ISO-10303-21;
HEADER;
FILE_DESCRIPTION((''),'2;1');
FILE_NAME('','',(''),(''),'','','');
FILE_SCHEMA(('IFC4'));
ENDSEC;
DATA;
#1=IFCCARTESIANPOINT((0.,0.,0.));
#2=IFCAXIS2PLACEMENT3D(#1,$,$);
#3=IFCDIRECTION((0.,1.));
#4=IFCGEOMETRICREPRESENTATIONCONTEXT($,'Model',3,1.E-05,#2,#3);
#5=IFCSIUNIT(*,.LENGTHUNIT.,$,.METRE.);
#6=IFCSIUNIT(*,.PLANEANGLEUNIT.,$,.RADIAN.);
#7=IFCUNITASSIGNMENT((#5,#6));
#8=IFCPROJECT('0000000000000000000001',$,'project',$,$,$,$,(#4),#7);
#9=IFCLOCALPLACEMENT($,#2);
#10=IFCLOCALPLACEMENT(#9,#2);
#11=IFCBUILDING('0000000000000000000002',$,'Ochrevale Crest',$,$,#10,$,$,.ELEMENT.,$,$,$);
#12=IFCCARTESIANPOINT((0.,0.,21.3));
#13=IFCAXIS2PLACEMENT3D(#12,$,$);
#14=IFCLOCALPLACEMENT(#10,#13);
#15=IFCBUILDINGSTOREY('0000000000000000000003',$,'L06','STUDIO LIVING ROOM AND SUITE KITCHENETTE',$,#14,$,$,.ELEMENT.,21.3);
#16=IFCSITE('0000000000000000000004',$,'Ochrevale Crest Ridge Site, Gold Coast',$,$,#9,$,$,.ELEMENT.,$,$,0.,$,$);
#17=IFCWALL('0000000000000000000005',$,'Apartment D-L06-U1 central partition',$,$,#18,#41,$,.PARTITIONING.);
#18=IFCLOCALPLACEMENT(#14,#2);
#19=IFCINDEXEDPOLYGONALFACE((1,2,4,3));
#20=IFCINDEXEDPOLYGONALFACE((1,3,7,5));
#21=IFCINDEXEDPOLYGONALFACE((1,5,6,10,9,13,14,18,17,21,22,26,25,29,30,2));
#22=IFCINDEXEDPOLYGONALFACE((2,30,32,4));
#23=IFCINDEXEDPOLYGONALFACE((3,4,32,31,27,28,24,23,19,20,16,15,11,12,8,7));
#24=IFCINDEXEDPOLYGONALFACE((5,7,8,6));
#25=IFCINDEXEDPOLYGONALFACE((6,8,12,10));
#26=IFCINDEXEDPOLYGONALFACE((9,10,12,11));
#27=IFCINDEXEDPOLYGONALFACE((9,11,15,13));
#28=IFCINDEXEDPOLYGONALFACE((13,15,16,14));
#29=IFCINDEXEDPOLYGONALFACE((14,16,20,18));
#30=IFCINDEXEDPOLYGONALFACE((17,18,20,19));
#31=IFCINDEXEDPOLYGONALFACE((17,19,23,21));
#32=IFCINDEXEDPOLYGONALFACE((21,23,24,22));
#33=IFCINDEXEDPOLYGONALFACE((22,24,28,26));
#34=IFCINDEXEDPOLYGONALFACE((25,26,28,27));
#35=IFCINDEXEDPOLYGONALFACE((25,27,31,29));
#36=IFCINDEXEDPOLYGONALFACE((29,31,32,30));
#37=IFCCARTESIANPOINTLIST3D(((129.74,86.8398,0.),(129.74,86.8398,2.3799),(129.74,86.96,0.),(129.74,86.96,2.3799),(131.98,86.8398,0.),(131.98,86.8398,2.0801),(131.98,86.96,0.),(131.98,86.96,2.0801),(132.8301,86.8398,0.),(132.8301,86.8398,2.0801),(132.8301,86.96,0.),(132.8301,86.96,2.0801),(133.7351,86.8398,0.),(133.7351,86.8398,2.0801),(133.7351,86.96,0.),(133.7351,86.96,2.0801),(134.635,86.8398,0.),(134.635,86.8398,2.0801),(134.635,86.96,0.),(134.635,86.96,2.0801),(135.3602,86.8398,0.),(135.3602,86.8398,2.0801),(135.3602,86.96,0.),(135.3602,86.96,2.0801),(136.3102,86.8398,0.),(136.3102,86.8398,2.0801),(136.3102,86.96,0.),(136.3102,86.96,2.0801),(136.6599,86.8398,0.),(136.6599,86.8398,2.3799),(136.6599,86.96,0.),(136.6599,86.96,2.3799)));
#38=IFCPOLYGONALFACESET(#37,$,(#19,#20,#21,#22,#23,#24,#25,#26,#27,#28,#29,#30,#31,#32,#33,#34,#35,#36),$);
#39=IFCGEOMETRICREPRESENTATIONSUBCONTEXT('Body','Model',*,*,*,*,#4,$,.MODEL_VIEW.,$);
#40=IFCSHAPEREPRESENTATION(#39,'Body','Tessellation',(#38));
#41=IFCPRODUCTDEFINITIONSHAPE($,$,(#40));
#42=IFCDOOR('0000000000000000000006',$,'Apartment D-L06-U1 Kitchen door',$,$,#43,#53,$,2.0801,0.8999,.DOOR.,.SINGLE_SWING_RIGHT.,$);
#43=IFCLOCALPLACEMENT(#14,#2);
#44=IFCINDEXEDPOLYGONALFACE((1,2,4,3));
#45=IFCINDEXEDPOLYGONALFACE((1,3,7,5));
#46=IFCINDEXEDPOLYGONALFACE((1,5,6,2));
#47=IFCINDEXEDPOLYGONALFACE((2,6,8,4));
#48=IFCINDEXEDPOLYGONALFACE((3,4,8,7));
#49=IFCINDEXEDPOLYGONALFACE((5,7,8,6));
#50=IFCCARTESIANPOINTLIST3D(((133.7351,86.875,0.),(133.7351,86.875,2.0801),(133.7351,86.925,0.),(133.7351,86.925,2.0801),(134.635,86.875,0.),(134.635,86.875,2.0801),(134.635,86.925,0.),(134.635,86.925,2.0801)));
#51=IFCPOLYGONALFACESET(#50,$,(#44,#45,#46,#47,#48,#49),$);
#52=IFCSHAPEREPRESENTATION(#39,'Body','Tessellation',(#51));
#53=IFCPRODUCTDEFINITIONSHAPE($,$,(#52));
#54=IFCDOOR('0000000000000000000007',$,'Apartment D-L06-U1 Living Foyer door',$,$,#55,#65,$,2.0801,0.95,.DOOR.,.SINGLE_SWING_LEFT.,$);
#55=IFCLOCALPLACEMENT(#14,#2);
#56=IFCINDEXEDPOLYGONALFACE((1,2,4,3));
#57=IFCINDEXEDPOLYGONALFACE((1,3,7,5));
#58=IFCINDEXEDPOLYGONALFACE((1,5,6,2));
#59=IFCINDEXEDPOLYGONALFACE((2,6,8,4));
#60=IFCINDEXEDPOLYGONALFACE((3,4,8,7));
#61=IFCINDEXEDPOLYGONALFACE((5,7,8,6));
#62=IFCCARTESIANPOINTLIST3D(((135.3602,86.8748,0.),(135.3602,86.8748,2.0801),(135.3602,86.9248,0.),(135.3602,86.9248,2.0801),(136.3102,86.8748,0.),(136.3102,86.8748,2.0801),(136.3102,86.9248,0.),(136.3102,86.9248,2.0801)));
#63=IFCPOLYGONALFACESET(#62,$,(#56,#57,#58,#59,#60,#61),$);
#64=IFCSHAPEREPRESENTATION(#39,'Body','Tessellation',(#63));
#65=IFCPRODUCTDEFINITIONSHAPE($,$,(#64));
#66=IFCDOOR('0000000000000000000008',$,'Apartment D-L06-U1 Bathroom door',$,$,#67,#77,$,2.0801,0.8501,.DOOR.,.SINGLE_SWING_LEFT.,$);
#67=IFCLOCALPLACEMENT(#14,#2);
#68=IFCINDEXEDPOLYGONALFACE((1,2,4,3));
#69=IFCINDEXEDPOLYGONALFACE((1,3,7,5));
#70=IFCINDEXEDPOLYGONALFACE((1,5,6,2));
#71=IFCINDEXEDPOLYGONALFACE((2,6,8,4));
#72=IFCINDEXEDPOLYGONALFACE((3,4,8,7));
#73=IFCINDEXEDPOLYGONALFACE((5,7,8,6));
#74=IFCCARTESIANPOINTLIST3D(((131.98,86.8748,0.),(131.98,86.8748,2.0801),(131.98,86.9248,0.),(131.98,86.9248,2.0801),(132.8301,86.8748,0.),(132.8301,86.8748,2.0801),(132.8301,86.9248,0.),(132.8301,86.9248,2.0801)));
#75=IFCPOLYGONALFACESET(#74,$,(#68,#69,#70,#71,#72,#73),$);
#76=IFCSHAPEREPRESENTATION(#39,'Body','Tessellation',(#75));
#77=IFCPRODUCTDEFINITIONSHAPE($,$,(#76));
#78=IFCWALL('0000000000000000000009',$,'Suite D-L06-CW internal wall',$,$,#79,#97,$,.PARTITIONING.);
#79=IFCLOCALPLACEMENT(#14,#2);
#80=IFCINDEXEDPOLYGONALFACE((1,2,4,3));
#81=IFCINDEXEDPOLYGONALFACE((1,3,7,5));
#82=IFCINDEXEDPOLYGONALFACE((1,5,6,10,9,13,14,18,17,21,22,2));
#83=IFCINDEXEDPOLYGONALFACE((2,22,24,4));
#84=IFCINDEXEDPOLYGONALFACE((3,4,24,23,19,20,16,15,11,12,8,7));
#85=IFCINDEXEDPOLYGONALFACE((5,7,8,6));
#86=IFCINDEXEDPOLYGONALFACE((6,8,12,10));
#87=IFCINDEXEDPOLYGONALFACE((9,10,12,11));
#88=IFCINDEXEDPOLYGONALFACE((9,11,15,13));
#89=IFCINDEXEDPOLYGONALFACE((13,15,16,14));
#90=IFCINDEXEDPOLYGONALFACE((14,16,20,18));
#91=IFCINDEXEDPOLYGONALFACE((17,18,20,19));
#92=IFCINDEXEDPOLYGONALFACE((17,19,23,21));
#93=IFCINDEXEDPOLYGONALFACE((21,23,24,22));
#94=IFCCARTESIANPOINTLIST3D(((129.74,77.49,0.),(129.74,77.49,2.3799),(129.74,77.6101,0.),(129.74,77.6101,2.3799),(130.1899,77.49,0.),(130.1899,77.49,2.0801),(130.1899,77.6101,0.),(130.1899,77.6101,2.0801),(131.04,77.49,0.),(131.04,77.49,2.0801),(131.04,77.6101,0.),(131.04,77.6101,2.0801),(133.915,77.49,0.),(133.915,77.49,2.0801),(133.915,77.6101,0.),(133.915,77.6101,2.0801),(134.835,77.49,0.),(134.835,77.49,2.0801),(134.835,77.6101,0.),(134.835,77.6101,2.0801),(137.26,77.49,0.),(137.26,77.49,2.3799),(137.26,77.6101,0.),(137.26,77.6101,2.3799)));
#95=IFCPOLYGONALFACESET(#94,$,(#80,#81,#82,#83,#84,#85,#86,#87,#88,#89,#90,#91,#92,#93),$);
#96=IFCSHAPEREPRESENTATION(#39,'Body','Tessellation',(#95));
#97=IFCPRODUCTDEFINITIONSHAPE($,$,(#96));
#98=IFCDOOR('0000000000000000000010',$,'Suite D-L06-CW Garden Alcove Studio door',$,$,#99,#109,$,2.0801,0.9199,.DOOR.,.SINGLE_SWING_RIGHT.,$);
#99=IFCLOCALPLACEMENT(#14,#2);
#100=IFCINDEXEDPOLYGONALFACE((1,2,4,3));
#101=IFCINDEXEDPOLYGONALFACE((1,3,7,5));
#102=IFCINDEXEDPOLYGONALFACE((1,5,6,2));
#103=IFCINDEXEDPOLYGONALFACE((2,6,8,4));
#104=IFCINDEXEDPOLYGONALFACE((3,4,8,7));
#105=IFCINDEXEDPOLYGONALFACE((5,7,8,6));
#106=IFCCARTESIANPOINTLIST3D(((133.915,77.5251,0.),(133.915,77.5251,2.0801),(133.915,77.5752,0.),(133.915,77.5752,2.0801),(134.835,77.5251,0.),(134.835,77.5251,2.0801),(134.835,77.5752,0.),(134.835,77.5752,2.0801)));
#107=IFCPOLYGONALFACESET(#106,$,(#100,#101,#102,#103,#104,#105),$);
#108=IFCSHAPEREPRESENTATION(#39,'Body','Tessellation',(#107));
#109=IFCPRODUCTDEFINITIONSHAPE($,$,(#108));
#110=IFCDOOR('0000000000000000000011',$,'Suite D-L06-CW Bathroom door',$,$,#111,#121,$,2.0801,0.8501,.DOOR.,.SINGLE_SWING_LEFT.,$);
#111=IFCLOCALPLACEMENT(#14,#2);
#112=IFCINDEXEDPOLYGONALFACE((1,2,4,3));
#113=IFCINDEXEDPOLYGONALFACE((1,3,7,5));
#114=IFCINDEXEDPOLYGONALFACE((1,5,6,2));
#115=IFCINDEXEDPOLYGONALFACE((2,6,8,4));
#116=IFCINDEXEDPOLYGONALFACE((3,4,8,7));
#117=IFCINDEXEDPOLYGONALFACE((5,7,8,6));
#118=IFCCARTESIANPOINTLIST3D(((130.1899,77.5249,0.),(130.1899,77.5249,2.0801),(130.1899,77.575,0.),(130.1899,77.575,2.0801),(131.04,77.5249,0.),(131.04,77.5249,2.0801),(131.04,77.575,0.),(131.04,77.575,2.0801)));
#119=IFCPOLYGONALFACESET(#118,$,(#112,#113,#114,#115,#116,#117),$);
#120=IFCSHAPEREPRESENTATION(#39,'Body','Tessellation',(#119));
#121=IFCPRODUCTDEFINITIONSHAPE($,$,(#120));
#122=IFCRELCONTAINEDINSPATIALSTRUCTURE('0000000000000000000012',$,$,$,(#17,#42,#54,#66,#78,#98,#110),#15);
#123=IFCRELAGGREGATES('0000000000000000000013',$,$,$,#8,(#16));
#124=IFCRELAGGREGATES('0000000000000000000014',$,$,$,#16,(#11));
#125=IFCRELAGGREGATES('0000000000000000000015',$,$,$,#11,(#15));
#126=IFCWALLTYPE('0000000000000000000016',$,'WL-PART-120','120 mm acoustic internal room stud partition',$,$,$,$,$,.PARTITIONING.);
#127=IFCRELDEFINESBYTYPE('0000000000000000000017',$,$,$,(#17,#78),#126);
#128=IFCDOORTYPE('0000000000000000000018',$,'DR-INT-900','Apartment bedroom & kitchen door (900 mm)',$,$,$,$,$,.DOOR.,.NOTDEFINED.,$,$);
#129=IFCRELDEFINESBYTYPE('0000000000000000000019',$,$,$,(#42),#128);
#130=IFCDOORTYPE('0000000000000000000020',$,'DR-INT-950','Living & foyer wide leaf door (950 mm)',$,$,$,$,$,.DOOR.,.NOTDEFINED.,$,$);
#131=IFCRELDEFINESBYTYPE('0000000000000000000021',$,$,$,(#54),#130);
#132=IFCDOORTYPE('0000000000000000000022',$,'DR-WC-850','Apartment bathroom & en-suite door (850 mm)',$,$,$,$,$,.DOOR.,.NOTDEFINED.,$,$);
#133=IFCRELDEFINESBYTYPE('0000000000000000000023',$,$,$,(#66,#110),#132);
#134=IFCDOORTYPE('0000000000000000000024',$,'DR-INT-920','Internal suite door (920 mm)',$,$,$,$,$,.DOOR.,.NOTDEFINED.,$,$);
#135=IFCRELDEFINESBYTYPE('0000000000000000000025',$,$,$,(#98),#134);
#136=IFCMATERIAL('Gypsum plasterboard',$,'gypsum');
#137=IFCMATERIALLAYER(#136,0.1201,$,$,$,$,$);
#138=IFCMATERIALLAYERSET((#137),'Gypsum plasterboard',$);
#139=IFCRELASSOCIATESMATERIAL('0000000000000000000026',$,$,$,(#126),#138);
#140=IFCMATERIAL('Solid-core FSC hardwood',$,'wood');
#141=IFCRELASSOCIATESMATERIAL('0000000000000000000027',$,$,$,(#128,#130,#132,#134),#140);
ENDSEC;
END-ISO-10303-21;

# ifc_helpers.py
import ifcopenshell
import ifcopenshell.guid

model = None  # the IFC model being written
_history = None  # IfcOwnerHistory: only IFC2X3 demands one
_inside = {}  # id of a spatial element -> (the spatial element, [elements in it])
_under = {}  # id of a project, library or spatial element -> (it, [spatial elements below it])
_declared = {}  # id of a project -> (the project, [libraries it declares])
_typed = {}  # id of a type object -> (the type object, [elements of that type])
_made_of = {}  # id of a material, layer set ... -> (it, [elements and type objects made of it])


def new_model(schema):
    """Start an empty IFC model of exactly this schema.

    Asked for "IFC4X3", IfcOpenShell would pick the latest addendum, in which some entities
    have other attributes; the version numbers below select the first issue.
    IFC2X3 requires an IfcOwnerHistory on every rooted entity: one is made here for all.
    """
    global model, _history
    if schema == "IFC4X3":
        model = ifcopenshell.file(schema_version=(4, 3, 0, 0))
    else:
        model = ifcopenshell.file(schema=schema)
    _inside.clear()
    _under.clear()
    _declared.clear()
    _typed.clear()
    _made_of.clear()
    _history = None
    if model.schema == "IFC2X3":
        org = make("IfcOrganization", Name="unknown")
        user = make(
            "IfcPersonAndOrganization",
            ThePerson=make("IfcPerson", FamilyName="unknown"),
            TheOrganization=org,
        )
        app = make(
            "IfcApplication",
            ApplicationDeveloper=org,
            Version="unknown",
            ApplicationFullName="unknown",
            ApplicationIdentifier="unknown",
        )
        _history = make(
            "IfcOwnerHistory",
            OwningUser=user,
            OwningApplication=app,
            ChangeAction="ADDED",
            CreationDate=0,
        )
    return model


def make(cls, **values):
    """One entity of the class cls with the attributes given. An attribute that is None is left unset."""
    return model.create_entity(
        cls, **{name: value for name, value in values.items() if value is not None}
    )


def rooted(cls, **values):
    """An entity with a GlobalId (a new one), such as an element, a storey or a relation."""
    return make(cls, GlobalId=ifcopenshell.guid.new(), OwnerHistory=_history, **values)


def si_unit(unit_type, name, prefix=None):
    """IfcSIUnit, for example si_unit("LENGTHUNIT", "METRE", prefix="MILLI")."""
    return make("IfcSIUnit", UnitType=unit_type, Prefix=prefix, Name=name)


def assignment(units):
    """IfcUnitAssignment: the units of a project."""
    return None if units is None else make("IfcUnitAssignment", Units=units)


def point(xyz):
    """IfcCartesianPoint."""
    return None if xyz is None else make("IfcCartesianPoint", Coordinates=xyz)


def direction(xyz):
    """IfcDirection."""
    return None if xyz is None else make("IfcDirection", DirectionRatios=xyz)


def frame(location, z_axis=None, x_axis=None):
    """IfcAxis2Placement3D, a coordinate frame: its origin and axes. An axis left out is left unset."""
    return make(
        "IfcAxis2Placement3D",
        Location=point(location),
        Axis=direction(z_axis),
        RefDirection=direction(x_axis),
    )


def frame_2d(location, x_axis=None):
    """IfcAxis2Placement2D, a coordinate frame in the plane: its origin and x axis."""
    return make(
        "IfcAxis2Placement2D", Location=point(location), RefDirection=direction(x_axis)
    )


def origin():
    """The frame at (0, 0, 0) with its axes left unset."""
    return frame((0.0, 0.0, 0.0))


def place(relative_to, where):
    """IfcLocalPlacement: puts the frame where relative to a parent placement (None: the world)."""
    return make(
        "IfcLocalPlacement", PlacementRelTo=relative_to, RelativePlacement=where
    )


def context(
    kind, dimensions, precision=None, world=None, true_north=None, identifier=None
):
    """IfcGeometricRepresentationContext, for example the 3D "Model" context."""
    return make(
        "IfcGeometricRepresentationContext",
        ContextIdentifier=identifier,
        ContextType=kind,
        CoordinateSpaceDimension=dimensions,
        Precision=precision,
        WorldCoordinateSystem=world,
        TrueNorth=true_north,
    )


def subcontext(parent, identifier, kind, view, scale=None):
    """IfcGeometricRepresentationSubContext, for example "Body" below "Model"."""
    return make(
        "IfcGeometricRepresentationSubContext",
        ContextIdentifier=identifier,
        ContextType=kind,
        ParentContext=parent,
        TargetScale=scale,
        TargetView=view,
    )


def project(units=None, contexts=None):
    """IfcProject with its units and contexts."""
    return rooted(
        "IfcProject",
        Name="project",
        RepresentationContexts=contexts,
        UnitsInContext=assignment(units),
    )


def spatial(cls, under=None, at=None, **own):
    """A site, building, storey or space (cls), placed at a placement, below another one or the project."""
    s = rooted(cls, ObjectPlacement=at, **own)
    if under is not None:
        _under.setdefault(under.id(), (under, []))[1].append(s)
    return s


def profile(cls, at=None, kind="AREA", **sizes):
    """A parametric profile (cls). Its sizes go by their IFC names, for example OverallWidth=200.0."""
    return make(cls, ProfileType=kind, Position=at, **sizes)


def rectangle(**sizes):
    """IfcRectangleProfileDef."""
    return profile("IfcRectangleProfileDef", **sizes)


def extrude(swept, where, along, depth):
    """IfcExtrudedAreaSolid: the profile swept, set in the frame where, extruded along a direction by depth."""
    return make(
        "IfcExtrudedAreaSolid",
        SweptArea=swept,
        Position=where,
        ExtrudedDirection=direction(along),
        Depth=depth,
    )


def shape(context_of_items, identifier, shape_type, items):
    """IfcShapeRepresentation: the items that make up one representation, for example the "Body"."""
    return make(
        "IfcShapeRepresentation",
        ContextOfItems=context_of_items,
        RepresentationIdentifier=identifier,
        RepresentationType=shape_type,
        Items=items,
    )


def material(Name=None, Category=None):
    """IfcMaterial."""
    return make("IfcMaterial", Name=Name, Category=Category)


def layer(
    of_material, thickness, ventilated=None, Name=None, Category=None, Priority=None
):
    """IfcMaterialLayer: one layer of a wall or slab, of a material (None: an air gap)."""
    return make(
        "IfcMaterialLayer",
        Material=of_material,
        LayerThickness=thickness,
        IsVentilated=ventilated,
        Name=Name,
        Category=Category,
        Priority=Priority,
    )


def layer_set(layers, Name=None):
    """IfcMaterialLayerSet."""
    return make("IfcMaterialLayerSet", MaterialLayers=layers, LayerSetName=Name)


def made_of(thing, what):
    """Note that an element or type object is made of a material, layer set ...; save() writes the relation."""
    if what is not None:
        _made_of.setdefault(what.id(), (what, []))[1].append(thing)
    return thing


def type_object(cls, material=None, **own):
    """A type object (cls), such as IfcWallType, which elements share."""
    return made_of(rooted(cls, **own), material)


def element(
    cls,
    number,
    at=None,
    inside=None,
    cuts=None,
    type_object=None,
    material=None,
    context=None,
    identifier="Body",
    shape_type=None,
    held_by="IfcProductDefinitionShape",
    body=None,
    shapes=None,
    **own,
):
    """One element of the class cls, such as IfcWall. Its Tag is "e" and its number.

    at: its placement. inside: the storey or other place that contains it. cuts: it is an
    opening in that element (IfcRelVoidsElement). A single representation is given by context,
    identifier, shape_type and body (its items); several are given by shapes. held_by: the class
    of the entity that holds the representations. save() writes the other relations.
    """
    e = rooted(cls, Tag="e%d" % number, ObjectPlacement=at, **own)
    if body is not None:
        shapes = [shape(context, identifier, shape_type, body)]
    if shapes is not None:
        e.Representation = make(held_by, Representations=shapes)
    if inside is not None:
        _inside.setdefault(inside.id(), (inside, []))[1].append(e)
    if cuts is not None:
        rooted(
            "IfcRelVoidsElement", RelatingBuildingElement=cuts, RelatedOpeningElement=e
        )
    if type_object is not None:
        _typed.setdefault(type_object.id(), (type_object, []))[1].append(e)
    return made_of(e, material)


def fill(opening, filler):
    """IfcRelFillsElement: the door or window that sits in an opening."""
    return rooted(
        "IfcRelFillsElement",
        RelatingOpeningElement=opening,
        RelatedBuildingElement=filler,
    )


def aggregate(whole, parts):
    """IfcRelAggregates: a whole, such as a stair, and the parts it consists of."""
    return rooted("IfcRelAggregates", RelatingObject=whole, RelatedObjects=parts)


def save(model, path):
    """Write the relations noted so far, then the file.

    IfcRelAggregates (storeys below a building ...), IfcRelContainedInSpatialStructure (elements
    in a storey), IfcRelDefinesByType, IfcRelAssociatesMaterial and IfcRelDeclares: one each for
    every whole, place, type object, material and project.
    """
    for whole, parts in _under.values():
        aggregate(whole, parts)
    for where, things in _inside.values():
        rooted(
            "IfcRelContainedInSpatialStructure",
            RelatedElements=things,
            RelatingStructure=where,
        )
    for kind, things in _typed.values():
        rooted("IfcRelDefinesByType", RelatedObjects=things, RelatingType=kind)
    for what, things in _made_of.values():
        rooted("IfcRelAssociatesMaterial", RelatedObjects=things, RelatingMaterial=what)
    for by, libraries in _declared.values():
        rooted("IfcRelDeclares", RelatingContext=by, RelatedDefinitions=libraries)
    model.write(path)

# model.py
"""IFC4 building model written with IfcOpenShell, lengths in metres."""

from ifc_helpers import new_model, si_unit, direction, frame, frame_2d, origin, place, context, subcontext, project, spatial, rectangle, extrude, material, layer, layer_set, type_object, element, fill, save


model = new_model("IFC4")

# Units and contexts
model_context = context("Model", 3, precision=1e-05, world=origin(), true_north=direction((0.0, 1.0)))
body_context = subcontext(model_context, "Body", "Model", "MODEL_VIEW")
ifc_project = project(units=[si_unit("LENGTHUNIT", "METRE"), si_unit("PLANEANGLEUNIT", "RADIAN")], contexts=[model_context])

# Site, building, storey
site_placement = place(None, origin())
site = spatial("IfcSite", under=ifc_project, at=site_placement, Name="Ochrevale Crest Ridge Site, Gold Coast", CompositionType="ELEMENT", RefElevation=0.0)
building_placement = place(site_placement, origin())
building = spatial("IfcBuilding", under=site, at=building_placement, Name="Ochrevale Crest", CompositionType="ELEMENT")
storey_placement = place(building_placement, frame((0.0, 0.0, 21.3)))
storey = spatial("IfcBuildingStorey", under=building, at=storey_placement, Name="L06", Description="STUDIO LIVING ROOM AND SUITE KITCHENETTE", CompositionType="ELEMENT", Elevation=21.3)

# Shared definitions
ifc_material_1 = material(Name="Gypsum plasterboard", Category="gypsum")
ifc_material_2 = material(Name="Solid-core FSC hardwood", Category="wood")

# Walls, openings, doors
ifc_layer_1 = layer(ifc_material_1, 0.1201)
ifc_layer_set_1 = layer_set([ifc_layer_1], Name="Gypsum plasterboard")
wall_type_1 = type_object("IfcWallType", Name="WL-PART-120", Description="120 mm acoustic internal room stud partition", PredefinedType="PARTITIONING", material=ifc_layer_set_1)
wall_1_placement = place(storey_placement, frame((129.74, 86.8999, 0.0), z_axis=(0.0, 0.0, 1.0), x_axis=(1.0, 0.0, 0.0)))
wall_1 = element("IfcWall", 1, at=wall_1_placement, inside=storey, type_object=wall_type_1, Name="Apartment D-L06-U1 central partition", PredefinedType="PARTITIONING", context=body_context, shape_type="SweptSolid", body=[
    extrude(rectangle(XDim=6.9199, YDim=0.1201, at=frame_2d((3.46, 0.0))), origin(), (0.0, 0.0, 1.0), 2.3799),
])
opening_1_placement = place(wall_1_placement, frame((2.24, 0.0, 0.0)))
opening_1 = element("IfcOpeningElement", 2, at=opening_1_placement, cuts=wall_1, PredefinedType="OPENING", context=body_context, shape_type="SweptSolid", body=[
    extrude(rectangle(XDim=0.8501, YDim=2.0801, at=frame_2d((0.425, 1.04))), frame((0.0, 0.0701, 0.0), z_axis=(0.0, -1.0, 0.0), x_axis=(1.0, 0.0, 0.0)), (0.0, 0.0, 1.0), 0.1401),
])
opening_2_placement = place(wall_1_placement, frame((4.895, 0.0, 0.0), z_axis=(0.0, 0.0, 1.0), x_axis=(-1.0, 0.0, 0.0)))
opening_2 = element("IfcOpeningElement", 3, at=opening_2_placement, cuts=wall_1, PredefinedType="OPENING", context=body_context, shape_type="SweptSolid", body=[
    extrude(rectangle(XDim=0.8999, YDim=2.0801, at=frame_2d((0.45, 1.04))), frame((0.0, 0.0701, 0.0), z_axis=(0.0, -1.0, 0.0), x_axis=(1.0, 0.0, 0.0)), (0.0, 0.0, 1.0), 0.1401),
])
opening_3_placement = place(wall_1_placement, frame((5.6201, 0.0, 0.0)))
opening_3 = element("IfcOpeningElement", 4, at=opening_3_placement, cuts=wall_1, PredefinedType="OPENING", context=body_context, shape_type="SweptSolid", body=[
    extrude(rectangle(XDim=0.95, YDim=2.0801, at=frame_2d((0.4751, 1.04))), frame((0.0, 0.0701, 0.0), z_axis=(0.0, -1.0, 0.0), x_axis=(1.0, 0.0, 0.0)), (0.0, 0.0, 1.0), 0.1401),
])
door_type_1 = type_object("IfcDoorType", Name="DR-INT-900", Description="Apartment bedroom & kitchen door (900 mm)", OperationType="NOTDEFINED", PredefinedType="DOOR", material=ifc_material_2)
door_1_placement = place(opening_2_placement, origin())
door_1 = element("IfcDoor", 5, at=door_1_placement, inside=storey, type_object=door_type_1, Name="Apartment D-L06-U1 Kitchen door", OperationType="SINGLE_SWING_RIGHT", OverallHeight=2.0801, OverallWidth=0.8999, PredefinedType="DOOR", context=body_context, shape_type="SweptSolid", body=[
    extrude(rectangle(XDim=0.8999, YDim=2.0801, at=frame_2d((0.45, 1.04))), frame((0.0, 0.0249, 0.0), z_axis=(0.0, -1.0, 0.0), x_axis=(1.0, 0.0, 0.0)), (0.0, 0.0, 1.0), 0.05),
])
fill(opening_2, door_1)
door_type_2 = type_object("IfcDoorType", Name="DR-INT-950", Description="Living & foyer wide leaf door (950 mm)", OperationType="NOTDEFINED", PredefinedType="DOOR", material=ifc_material_2)
door_2_placement = place(opening_3_placement, origin())
door_2 = element("IfcDoor", 6, at=door_2_placement, inside=storey, type_object=door_type_2, Name="Apartment D-L06-U1 Living Foyer door", OperationType="SINGLE_SWING_LEFT", OverallHeight=2.0801, OverallWidth=0.95, PredefinedType="DOOR", context=body_context, shape_type="SweptSolid", body=[
    extrude(rectangle(XDim=0.95, YDim=2.0801, at=frame_2d((0.4751, 1.04))), frame((0.0, 0.0249, 0.0), z_axis=(0.0, -1.0, 0.0), x_axis=(1.0, 0.0, 0.0)), (0.0, 0.0, 1.0), 0.05),
])
fill(opening_3, door_2)
door_type_3 = type_object("IfcDoorType", Name="DR-WC-850", Description="Apartment bathroom & en-suite door (850 mm)", OperationType="NOTDEFINED", PredefinedType="DOOR", material=ifc_material_2)
door_3_placement = place(opening_1_placement, origin())
door_3 = element("IfcDoor", 7, at=door_3_placement, inside=storey, type_object=door_type_3, Name="Apartment D-L06-U1 Bathroom door", OperationType="SINGLE_SWING_LEFT", OverallHeight=2.0801, OverallWidth=0.8501, PredefinedType="DOOR", context=body_context, shape_type="SweptSolid", body=[
    extrude(rectangle(XDim=0.8501, YDim=2.0801, at=frame_2d((0.425, 1.04))), frame((0.0, 0.0249, 0.0), z_axis=(0.0, -1.0, 0.0), x_axis=(1.0, 0.0, 0.0)), (0.0, 0.0, 1.0), 0.05),
])
fill(opening_1, door_3)
wall_2_placement = place(storey_placement, frame((129.74, 77.55, 0.0), z_axis=(0.0, 0.0, 1.0), x_axis=(1.0, 0.0, 0.0)))
wall_2 = element("IfcWall", 8, at=wall_2_placement, inside=storey, type_object=wall_type_1, Name="Suite D-L06-CW internal wall", PredefinedType="PARTITIONING", context=body_context, shape_type="SweptSolid", body=[
    extrude(rectangle(XDim=7.52, YDim=0.1201, at=frame_2d((3.76, 0.0))), origin(), (0.0, 0.0, 1.0), 2.3799),
])
opening_4_placement = place(wall_2_placement, frame((0.45, 0.0, 0.0)))
opening_4 = element("IfcOpeningElement", 9, at=opening_4_placement, cuts=wall_2, PredefinedType="OPENING", context=body_context, shape_type="SweptSolid", body=[
    extrude(rectangle(XDim=0.8501, YDim=2.0801, at=frame_2d((0.425, 1.04))), frame((0.0, 0.0701, 0.0), z_axis=(0.0, -1.0, 0.0), x_axis=(1.0, 0.0, 0.0)), (0.0, 0.0, 1.0), 0.1401),
])
opening_5_placement = place(wall_2_placement, frame((5.095, 0.0, 0.0), z_axis=(0.0, 0.0, 1.0), x_axis=(-1.0, 0.0, 0.0)))
opening_5 = element("IfcOpeningElement", 10, at=opening_5_placement, cuts=wall_2, PredefinedType="OPENING", context=body_context, shape_type="SweptSolid", body=[
    extrude(rectangle(XDim=0.9199, YDim=2.0801, at=frame_2d((0.46, 1.04))), frame((0.0, 0.0701, 0.0), z_axis=(0.0, -1.0, 0.0), x_axis=(1.0, 0.0, 0.0)), (0.0, 0.0, 1.0), 0.1401),
])
door_type_4 = type_object("IfcDoorType", Name="DR-INT-920", Description="Internal suite door (920 mm)", OperationType="NOTDEFINED", PredefinedType="DOOR", material=ifc_material_2)
door_4_placement = place(opening_5_placement, origin())
door_4 = element("IfcDoor", 11, at=door_4_placement, inside=storey, type_object=door_type_4, Name="Suite D-L06-CW Garden Alcove Studio door", OperationType="SINGLE_SWING_RIGHT", OverallHeight=2.0801, OverallWidth=0.9199, PredefinedType="DOOR", context=body_context, shape_type="SweptSolid", body=[
    extrude(rectangle(XDim=0.9199, YDim=2.0801, at=frame_2d((0.46, 1.04))), frame((0.0, 0.0249, 0.0), z_axis=(0.0, -1.0, 0.0), x_axis=(1.0, 0.0, 0.0)), (0.0, 0.0, 1.0), 0.05),
])
fill(opening_5, door_4)
door_5_placement = place(opening_4_placement, origin())
door_5 = element("IfcDoor", 12, at=door_5_placement, inside=storey, type_object=door_type_3, Name="Suite D-L06-CW Bathroom door", OperationType="SINGLE_SWING_LEFT", OverallHeight=2.0801, OverallWidth=0.8501, PredefinedType="DOOR", context=body_context, shape_type="SweptSolid", body=[
    extrude(rectangle(XDim=0.8501, YDim=2.0801, at=frame_2d((0.425, 1.04))), frame((0.0, 0.0249, 0.0), z_axis=(0.0, -1.0, 0.0), x_axis=(1.0, 0.0, 0.0)), (0.0, 0.0, 1.0), 0.05),
])
fill(opening_4, door_5)

save(model, "model.ifc")
